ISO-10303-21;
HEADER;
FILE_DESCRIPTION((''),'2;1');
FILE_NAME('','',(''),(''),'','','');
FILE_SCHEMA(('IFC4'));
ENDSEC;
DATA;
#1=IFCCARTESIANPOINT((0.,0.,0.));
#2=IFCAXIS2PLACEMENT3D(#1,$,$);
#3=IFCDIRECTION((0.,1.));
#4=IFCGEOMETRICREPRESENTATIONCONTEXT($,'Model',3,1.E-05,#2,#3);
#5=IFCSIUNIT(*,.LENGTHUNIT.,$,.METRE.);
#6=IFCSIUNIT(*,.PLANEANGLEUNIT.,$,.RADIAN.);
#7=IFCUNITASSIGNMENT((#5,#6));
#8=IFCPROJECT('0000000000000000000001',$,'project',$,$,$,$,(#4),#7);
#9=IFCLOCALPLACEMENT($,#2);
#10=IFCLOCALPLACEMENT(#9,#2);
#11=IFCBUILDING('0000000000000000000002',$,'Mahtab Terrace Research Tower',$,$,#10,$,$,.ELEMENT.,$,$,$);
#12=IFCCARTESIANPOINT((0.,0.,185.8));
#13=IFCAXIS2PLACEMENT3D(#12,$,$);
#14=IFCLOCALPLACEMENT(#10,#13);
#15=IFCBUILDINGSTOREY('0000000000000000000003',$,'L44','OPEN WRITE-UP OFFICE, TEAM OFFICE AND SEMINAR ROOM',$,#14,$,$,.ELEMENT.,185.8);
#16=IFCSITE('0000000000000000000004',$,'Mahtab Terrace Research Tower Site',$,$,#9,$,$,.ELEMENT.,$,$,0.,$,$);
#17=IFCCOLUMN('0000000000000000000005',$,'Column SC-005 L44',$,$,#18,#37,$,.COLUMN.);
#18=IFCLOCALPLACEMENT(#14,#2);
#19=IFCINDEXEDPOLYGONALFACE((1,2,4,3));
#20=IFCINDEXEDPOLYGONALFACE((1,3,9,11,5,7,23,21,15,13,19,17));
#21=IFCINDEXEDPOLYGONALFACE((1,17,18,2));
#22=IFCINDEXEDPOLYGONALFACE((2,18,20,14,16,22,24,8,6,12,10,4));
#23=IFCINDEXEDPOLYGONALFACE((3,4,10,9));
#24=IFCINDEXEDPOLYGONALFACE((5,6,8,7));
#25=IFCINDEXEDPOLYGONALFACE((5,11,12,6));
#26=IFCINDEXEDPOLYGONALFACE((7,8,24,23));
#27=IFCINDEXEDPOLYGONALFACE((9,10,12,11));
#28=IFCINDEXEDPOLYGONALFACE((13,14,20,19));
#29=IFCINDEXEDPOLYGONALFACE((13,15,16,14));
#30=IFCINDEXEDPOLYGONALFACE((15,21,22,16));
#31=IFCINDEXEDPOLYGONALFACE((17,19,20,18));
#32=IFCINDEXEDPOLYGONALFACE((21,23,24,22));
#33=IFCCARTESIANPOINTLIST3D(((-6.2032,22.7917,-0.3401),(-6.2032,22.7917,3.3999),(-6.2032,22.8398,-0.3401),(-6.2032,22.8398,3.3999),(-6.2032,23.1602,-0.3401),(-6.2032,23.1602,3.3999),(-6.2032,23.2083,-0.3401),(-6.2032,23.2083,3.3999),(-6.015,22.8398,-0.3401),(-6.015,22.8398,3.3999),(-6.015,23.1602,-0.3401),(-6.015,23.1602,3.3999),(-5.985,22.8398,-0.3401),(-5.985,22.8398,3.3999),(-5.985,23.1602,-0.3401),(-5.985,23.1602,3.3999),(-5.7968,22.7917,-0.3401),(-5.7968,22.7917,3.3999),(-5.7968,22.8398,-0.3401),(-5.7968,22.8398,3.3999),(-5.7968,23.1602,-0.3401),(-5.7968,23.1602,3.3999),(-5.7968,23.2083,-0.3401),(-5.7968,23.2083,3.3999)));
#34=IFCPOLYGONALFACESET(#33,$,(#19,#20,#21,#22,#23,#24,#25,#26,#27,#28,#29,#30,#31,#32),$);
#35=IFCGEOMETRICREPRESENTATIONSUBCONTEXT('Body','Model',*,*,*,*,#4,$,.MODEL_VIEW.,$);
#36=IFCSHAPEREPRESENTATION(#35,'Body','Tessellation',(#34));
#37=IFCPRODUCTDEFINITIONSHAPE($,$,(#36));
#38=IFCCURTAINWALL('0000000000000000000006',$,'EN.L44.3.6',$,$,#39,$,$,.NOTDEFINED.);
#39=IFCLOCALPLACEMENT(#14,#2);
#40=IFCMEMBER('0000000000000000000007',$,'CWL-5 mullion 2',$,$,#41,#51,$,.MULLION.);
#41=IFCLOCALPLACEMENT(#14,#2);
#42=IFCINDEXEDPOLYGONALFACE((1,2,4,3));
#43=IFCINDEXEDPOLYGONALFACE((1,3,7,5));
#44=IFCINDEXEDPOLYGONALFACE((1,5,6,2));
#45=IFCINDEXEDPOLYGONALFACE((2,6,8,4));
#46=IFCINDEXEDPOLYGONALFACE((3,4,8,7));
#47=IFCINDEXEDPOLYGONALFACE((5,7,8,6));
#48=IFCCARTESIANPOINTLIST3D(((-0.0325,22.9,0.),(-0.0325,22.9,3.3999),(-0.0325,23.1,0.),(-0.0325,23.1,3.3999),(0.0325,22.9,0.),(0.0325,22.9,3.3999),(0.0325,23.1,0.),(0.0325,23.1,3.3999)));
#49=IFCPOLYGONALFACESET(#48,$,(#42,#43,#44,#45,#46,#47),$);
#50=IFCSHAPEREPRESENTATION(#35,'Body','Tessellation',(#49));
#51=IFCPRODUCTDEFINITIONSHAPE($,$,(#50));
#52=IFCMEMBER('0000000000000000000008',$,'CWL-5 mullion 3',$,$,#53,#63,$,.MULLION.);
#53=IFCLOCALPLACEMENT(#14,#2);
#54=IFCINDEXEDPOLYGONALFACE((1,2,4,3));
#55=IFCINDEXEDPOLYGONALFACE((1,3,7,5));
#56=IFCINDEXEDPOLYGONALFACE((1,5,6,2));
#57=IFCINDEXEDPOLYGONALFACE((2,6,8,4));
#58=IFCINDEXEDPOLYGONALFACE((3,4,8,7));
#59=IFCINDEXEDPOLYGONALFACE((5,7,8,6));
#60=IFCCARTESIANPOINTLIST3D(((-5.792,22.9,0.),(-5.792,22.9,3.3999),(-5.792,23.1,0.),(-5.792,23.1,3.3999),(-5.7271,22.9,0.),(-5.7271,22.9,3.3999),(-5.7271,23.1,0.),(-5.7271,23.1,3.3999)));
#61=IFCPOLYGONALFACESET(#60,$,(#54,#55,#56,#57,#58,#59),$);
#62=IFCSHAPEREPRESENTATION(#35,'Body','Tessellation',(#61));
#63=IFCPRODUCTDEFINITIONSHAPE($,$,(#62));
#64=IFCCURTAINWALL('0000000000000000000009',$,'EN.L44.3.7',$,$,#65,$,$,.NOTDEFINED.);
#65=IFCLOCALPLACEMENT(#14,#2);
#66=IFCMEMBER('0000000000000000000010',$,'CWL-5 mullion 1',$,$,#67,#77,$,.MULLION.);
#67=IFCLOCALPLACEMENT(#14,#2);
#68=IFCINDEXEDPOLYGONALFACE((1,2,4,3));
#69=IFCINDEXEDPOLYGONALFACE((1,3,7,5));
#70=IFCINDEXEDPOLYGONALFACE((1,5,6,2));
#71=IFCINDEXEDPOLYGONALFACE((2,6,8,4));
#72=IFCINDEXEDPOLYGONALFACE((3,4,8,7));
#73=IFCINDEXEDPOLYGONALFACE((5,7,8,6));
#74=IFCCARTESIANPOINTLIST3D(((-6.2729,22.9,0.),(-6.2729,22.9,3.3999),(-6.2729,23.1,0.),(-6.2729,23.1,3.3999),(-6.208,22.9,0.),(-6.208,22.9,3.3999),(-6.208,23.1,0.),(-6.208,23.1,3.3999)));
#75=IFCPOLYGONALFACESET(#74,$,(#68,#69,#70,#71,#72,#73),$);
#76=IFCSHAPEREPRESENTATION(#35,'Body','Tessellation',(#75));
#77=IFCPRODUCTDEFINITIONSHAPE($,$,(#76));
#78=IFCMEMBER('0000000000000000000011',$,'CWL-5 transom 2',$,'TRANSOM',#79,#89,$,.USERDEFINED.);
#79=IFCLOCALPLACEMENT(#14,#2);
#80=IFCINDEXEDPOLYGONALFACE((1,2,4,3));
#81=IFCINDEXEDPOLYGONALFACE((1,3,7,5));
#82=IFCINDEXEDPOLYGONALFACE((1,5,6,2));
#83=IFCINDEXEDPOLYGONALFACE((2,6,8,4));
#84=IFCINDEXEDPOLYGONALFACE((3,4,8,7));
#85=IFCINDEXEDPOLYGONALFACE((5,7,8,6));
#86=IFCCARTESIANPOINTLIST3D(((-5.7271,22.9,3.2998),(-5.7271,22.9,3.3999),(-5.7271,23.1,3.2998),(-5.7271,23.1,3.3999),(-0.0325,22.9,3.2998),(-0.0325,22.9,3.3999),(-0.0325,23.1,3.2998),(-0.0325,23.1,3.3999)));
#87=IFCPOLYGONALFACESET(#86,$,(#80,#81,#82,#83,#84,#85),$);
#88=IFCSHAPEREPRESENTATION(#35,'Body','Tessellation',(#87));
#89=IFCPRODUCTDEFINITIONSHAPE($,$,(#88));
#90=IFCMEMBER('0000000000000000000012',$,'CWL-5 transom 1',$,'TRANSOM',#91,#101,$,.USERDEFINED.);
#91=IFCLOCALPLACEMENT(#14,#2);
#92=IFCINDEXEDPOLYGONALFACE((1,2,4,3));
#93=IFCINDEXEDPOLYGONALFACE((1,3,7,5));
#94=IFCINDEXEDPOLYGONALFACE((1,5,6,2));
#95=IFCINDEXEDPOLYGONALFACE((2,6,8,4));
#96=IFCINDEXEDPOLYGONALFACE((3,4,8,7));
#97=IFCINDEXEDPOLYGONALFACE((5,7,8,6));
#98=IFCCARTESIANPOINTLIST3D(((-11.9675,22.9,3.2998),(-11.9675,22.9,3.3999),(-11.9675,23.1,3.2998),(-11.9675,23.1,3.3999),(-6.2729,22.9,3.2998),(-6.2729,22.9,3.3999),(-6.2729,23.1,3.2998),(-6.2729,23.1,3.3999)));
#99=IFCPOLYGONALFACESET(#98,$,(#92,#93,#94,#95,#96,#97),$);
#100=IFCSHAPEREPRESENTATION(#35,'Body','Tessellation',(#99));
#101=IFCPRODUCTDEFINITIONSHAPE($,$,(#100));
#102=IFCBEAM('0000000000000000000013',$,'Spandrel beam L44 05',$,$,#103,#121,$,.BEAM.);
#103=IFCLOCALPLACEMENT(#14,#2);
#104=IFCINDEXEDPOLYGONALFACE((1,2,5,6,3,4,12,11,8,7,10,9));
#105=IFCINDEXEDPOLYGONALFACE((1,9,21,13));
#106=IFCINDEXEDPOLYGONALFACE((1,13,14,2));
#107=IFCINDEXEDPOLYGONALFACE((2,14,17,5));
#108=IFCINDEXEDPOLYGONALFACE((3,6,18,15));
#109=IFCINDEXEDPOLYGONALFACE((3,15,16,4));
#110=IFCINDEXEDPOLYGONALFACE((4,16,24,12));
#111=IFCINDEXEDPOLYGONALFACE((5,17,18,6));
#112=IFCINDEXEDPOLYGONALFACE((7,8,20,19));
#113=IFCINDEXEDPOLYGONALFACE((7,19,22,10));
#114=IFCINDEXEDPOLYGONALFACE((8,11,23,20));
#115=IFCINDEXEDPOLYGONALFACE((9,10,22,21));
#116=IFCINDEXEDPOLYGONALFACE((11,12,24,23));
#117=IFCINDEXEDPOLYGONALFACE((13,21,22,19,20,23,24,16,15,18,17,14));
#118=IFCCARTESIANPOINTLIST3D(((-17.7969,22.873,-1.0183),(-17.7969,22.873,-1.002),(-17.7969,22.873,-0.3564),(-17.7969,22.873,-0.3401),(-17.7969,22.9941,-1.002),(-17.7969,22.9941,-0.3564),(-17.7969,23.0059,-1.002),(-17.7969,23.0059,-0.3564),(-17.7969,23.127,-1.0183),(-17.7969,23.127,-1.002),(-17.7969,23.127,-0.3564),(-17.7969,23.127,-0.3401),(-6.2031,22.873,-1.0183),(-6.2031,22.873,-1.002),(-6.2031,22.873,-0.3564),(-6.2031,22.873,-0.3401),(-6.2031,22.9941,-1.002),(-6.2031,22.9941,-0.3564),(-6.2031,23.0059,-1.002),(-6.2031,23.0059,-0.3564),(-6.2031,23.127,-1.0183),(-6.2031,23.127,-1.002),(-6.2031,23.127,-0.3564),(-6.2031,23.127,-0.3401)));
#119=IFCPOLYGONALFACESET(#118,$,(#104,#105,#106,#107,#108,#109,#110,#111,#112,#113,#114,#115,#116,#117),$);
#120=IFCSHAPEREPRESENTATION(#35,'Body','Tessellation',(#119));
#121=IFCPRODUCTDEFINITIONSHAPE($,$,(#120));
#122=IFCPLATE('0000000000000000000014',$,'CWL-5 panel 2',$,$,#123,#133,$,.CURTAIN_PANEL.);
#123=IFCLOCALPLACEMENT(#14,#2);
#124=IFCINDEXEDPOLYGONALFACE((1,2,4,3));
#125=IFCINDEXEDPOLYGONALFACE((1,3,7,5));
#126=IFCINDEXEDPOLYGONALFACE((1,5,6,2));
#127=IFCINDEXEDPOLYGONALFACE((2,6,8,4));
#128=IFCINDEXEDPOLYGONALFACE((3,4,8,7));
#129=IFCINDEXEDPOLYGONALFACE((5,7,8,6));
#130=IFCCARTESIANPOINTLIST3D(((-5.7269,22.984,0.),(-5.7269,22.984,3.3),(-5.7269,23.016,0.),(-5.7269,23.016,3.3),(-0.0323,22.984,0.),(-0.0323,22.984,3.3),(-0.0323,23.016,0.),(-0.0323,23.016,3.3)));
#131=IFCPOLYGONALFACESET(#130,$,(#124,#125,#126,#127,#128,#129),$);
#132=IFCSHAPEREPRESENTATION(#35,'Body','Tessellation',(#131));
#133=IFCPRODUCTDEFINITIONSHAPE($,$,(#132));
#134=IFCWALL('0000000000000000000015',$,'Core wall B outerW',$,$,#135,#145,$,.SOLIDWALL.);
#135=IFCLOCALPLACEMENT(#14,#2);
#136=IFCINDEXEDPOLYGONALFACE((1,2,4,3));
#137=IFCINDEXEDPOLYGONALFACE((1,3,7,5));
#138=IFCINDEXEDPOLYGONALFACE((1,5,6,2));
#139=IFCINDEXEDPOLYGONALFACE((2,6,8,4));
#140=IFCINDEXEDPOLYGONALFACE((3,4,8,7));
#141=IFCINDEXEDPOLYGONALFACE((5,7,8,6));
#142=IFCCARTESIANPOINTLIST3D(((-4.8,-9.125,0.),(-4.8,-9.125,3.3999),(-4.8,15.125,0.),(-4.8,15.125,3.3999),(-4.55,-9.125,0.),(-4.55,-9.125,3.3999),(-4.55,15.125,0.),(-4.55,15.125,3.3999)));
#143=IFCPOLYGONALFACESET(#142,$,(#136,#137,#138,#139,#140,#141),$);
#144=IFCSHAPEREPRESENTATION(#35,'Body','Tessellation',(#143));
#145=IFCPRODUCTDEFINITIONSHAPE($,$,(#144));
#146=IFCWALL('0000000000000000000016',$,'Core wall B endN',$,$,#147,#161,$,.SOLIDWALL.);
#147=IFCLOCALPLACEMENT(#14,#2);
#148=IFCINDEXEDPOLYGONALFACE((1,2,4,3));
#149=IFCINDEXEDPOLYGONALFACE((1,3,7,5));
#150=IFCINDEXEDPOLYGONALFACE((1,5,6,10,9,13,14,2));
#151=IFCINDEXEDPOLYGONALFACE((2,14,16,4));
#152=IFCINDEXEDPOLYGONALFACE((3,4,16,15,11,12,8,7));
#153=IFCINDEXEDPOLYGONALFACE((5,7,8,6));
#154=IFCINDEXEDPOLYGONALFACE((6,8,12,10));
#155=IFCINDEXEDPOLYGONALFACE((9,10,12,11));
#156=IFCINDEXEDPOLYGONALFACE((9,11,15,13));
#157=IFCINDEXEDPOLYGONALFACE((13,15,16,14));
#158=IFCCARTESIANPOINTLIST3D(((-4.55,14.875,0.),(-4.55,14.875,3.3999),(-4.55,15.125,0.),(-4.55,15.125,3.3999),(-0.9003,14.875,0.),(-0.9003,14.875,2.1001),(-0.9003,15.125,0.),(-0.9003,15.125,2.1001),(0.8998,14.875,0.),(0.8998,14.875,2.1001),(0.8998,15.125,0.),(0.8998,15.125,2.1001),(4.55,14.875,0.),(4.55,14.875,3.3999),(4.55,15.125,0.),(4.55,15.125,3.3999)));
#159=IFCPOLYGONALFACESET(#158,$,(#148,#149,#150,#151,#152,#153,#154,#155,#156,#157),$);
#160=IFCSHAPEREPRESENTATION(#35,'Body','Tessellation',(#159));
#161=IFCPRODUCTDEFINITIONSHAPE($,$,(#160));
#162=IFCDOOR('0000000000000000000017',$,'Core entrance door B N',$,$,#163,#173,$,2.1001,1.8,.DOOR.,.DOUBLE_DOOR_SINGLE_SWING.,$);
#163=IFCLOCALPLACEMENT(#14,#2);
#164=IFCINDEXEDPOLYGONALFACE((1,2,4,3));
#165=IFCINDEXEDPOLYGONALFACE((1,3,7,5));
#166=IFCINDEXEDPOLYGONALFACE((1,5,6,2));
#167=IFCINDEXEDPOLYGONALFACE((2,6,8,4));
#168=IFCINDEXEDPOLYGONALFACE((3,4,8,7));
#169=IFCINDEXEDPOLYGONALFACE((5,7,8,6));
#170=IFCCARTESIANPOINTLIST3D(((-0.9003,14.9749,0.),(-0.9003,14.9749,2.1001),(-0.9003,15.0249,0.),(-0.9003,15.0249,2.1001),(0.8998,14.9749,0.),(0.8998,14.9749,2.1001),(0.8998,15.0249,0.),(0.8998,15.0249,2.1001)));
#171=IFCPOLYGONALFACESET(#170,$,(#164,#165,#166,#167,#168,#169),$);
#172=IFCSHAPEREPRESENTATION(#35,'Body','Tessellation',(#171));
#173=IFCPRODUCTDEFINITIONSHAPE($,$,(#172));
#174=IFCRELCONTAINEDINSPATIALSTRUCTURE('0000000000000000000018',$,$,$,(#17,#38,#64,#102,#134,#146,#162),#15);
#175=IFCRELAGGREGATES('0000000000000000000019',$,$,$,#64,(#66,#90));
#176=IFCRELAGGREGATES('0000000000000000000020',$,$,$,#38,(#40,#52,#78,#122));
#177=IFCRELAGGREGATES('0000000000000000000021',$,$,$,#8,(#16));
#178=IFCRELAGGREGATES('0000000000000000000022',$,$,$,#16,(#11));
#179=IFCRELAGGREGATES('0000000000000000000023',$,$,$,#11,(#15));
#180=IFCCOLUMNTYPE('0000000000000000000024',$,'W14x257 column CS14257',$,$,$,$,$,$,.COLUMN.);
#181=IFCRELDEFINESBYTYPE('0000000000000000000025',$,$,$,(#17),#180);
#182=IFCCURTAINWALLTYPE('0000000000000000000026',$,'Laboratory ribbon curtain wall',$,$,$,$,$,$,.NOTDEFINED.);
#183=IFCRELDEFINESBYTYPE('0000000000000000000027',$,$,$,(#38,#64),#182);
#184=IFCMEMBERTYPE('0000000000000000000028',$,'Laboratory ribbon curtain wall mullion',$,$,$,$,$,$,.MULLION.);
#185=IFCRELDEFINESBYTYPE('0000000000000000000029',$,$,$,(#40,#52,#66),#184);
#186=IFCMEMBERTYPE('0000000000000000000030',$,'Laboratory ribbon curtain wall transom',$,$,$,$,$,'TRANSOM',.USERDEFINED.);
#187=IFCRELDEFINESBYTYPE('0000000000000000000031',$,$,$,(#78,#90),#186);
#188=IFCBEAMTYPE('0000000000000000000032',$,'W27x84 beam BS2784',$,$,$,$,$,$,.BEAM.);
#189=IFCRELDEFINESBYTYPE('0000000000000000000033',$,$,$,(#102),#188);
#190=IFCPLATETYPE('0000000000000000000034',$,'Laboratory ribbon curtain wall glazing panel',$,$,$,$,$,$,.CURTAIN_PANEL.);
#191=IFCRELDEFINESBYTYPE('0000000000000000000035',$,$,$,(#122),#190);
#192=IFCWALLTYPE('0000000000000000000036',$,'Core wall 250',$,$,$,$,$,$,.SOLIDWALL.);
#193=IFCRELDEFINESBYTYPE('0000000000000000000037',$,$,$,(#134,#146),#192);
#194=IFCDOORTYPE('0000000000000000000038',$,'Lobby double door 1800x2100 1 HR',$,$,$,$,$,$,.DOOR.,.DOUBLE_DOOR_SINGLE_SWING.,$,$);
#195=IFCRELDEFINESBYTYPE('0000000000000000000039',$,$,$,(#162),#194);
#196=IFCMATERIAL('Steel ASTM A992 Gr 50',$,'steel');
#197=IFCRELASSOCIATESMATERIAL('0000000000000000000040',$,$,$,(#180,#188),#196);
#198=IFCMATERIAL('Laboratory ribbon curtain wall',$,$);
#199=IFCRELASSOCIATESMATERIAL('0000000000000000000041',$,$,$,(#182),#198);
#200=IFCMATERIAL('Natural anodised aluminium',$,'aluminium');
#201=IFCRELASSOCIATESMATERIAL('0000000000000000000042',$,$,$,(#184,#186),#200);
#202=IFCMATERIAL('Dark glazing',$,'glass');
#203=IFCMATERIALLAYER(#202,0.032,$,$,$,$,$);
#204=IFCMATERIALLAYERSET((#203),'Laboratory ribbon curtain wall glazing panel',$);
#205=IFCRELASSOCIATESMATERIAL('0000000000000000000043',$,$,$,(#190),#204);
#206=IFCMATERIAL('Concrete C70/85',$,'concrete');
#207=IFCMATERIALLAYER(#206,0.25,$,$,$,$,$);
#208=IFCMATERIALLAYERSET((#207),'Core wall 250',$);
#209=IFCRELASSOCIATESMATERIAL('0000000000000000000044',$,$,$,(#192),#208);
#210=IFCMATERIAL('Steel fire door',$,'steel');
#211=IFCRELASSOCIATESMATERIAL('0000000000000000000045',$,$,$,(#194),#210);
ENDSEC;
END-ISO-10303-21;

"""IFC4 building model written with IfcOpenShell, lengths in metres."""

from ifc_helpers import new_model, si_unit, direction, frame, frame_2d, origin, origin_2d, place, context, subcontext, project, spatial, rectangle, i_section, extrude, material, layer, layer_set, material_profile, profile_set, type_object, element, fill, aggregate, save


model = new_model("IFC4")

# Units and contexts
model_context = context("Model", 3, precision=1e-05, world=origin(), true_north=direction((0.0, 1.0)))
body_context = subcontext(model_context, "Body", "Model", "MODEL_VIEW")
ifc_project = project(units=[si_unit("LENGTHUNIT", "METRE"), si_unit("PLANEANGLEUNIT", "RADIAN")], contexts=[model_context])

# Site, building, storey
site_placement = place(None, origin())
site = spatial("IfcSite", under=ifc_project, at=site_placement, Name="Mahtab Terrace Research Tower Site", CompositionType="ELEMENT", RefElevation=0.0)
building_placement = place(site_placement, origin())
building = spatial("IfcBuilding", under=site, at=building_placement, Name="Mahtab Terrace Research Tower", CompositionType="ELEMENT")
storey_placement = place(building_placement, frame((0.0, 0.0, 185.8)))
storey = spatial("IfcBuildingStorey", under=building, at=storey_placement, Name="L44", Description="OPEN WRITE-UP OFFICE, TEAM OFFICE AND SEMINAR ROOM", CompositionType="ELEMENT", Elevation=185.8)

# Column
ifc_material_1 = material(Name="Steel ASTM A992 Gr 50", Category="steel")
ifc_material_profile_1 = material_profile(ifc_material_1, i_section(OverallWidth=0.4065, OverallDepth=0.4165, WebThickness=0.03, FlangeThickness=0.0481, at=origin_2d()), Name="W14X257")
ifc_profile_set_1 = profile_set([ifc_material_profile_1], Name="Steel ASTM A992 Gr 50")
column_type = type_object("IfcColumnType", Name="W14x257 column CS14257", PredefinedType="COLUMN", material=ifc_profile_set_1)
column_placement = place(storey_placement, frame((-6.0, 23.0, -0.3401), z_axis=(0.0, 0.0, 1.0), x_axis=(1.0, 0.0, 0.0)))
element("IfcColumn", 1, at=column_placement, inside=storey, type_object=column_type, Name="Column SC-005 L44", PredefinedType="COLUMN", context=body_context, shape_type="SweptSolid", body=[
    extrude(i_section(OverallWidth=0.4065, OverallDepth=0.4165, WebThickness=0.03, FlangeThickness=0.0481, at=origin_2d()), origin(), (0.0, 0.0, 1.0), 3.74),
])

# Curtain wall, members
ifc_material_2 = material(Name="Laboratory ribbon curtain wall")
curtain_wall_type = type_object("IfcCurtainWallType", Name="Laboratory ribbon curtain wall", PredefinedType="NOTDEFINED", material=ifc_material_2)
curtain_wall_1_placement = place(storey_placement, origin())
curtain_wall_1 = element("IfcCurtainWall", 2, at=curtain_wall_1_placement, inside=storey, type_object=curtain_wall_type, Name="EN.L44.3.6", PredefinedType="NOTDEFINED")
ifc_material_3 = material(Name="Natural anodised aluminium", Category="aluminium")
ifc_material_profile_2 = material_profile(ifc_material_3, rectangle(XDim=0.2, YDim=0.0649, at=origin_2d()), Name="MULLION 65x200")
ifc_profile_set_2 = profile_set([ifc_material_profile_2], Name="Natural anodised aluminium")
member_type_1 = type_object("IfcMemberType", Name="Laboratory ribbon curtain wall mullion", PredefinedType="MULLION", material=ifc_profile_set_2)
member_1_placement = place(storey_placement, frame((0.0, 23.0, 0.0), z_axis=(0.0, 0.0, 1.0), x_axis=(0.0, -1.0, 0.0)))
member_1 = element("IfcMember", 3, at=member_1_placement, type_object=member_type_1, Name="CWL-5 mullion 2", PredefinedType="MULLION", context=body_context, shape_type="SweptSolid", body=[
    extrude(rectangle(XDim=0.2, YDim=0.0649, at=origin_2d()), origin(), (0.0, 0.0, 1.0), 3.3999),
])
member_2_placement = place(storey_placement, frame((-5.7595, 23.0, 0.0), z_axis=(0.0, 0.0, 1.0), x_axis=(0.0, -1.0, 0.0)))
member_2 = element("IfcMember", 4, at=member_2_placement, type_object=member_type_1, Name="CWL-5 mullion 3", PredefinedType="MULLION", context=body_context, shape_type="SweptSolid", body=[
    extrude(rectangle(XDim=0.2, YDim=0.0649, at=origin_2d()), origin(), (0.0, 0.0, 1.0), 3.3999),
])

# Curtain wall, member
curtain_wall_2_placement = place(storey_placement, origin())
curtain_wall_2 = element("IfcCurtainWall", 5, at=curtain_wall_2_placement, inside=storey, type_object=curtain_wall_type, Name="EN.L44.3.7", PredefinedType="NOTDEFINED")
member_3_placement = place(storey_placement, frame((-6.2405, 23.0, 0.0), z_axis=(0.0, 0.0, 1.0), x_axis=(0.0, -1.0, 0.0)))
member_3 = element("IfcMember", 6, at=member_3_placement, type_object=member_type_1, Name="CWL-5 mullion 1", PredefinedType="MULLION", context=body_context, shape_type="SweptSolid", body=[
    extrude(rectangle(XDim=0.2, YDim=0.0649, at=origin_2d()), origin(), (0.0, 0.0, 1.0), 3.3999),
])

# Members
ifc_material_profile_3 = material_profile(ifc_material_3, rectangle(XDim=0.2, YDim=0.1001, at=origin_2d()), Name="TRANSOM 100x200")
ifc_profile_set_3 = profile_set([ifc_material_profile_3], Name="Natural anodised aluminium")
member_type_2 = type_object("IfcMemberType", Name="Laboratory ribbon curtain wall transom", ElementType="TRANSOM", PredefinedType="USERDEFINED", material=ifc_profile_set_3)
member_4_placement = place(storey_placement, frame((-0.0325, 23.0, 3.3499), z_axis=(-1.0, 0.0, 0.0), x_axis=(0.0, -1.0, 0.0)))
member_4 = element("IfcMember", 7, at=member_4_placement, type_object=member_type_2, Name="CWL-5 transom 2", ObjectType="TRANSOM", PredefinedType="USERDEFINED", context=body_context, shape_type="SweptSolid", body=[
    extrude(rectangle(XDim=0.2, YDim=0.1001, at=origin_2d()), origin(), (0.0, 0.0, 1.0), 5.6946),
])
member_5_placement = place(storey_placement, frame((-6.2729, 23.0, 3.3499), z_axis=(-1.0, 0.0, 0.0), x_axis=(0.0, -1.0, 0.0)))
member_5 = element("IfcMember", 8, at=member_5_placement, type_object=member_type_2, Name="CWL-5 transom 1", ObjectType="TRANSOM", PredefinedType="USERDEFINED", context=body_context, shape_type="SweptSolid", body=[
    extrude(rectangle(XDim=0.2, YDim=0.1001, at=origin_2d()), origin(), (0.0, 0.0, 1.0), 5.6946),
])
aggregate(curtain_wall_2, [member_3, member_5])

# Beam
ifc_material_profile_4 = material_profile(ifc_material_1, i_section(OverallWidth=0.2539, OverallDepth=0.6782, WebThickness=0.0117, FlangeThickness=0.0164, at=origin_2d()), Name="W27X84")
ifc_profile_set_4 = profile_set([ifc_material_profile_4], Name="Steel ASTM A992 Gr 50")
beam_type = type_object("IfcBeamType", Name="W27x84 beam BS2784", PredefinedType="BEAM", material=ifc_profile_set_4)
beam_placement = place(storey_placement, frame((-6.2031, 23.0, -0.6792), z_axis=(-1.0, 0.0, 0.0), x_axis=(0.0, -1.0, 0.0)))
element("IfcBeam", 9, at=beam_placement, inside=storey, type_object=beam_type, Name="Spandrel beam L44 05", PredefinedType="BEAM", context=body_context, shape_type="SweptSolid", body=[
    extrude(i_section(OverallWidth=0.2539, OverallDepth=0.6782, WebThickness=0.0117, FlangeThickness=0.0164, at=origin_2d()), origin(), (0.0, 0.0, 1.0), 11.5938),
])

# Plate
ifc_material_4 = material(Name="Dark glazing", Category="glass")
ifc_layer_1 = layer(ifc_material_4, 0.032)
ifc_layer_set_1 = layer_set([ifc_layer_1], Name="Laboratory ribbon curtain wall glazing panel")
plate_type = type_object("IfcPlateType", Name="Laboratory ribbon curtain wall glazing panel", PredefinedType="CURTAIN_PANEL", material=ifc_layer_set_1)
plate_placement = place(storey_placement, frame((-2.8796, 23.0, 0.0), z_axis=(0.0, 0.0, 1.0), x_axis=(-1.0, 0.0, 0.0)))
plate = element("IfcPlate", 10, at=plate_placement, type_object=plate_type, Name="CWL-5 panel 2", PredefinedType="CURTAIN_PANEL", context=body_context, shape_type="SweptSolid", body=[
    extrude(rectangle(XDim=5.6946, YDim=0.032, at=origin_2d()), origin(), (0.0, 0.0, 1.0), 3.3),
])
aggregate(curtain_wall_1, [member_1, member_2, member_4, plate])

# Wall
ifc_material_5 = material(Name="Concrete C70/85", Category="concrete")
ifc_layer_2 = layer(ifc_material_5, 0.25)
ifc_layer_set_2 = layer_set([ifc_layer_2], Name="Core wall 250")
wall_type_1 = type_object("IfcWallType", Name="Core wall 250", PredefinedType="SOLIDWALL", material=ifc_layer_set_2)
wall_1_placement = place(storey_placement, frame((-4.675, 15.125, 0.0), z_axis=(0.0, 0.0, 1.0), x_axis=(0.0, -1.0, 0.0)))
element("IfcWall", 11, at=wall_1_placement, inside=storey, type_object=wall_type_1, Name="Core wall B outerW", PredefinedType="SOLIDWALL", context=body_context, shape_type="SweptSolid", body=[
    extrude(rectangle(XDim=24.25, YDim=0.25, at=frame_2d((12.125, 0.0))), origin(), (0.0, 0.0, 1.0), 3.3999),
])

# Wall, opening, door
wall_2_placement = place(storey_placement, frame((-4.55, 15.0, 0.0), z_axis=(0.0, 0.0, 1.0), x_axis=(1.0, 0.0, 0.0)))
wall_2 = element("IfcWall", 12, at=wall_2_placement, inside=storey, type_object=wall_type_1, Name="Core wall B endN", PredefinedType="SOLIDWALL", context=body_context, shape_type="SweptSolid", body=[
    extrude(rectangle(XDim=9.1001, YDim=0.25, at=frame_2d((4.55, 0.0))), origin(), (0.0, 0.0, 1.0), 3.3999),
])
opening_1_placement = place(wall_2_placement, frame((3.6499, 0.0, 0.0)))
opening_1 = element("IfcOpeningElement", 13, at=opening_1_placement, cuts=wall_2, PredefinedType="OPENING", context=body_context, shape_type="SweptSolid", body=[
    extrude(rectangle(XDim=1.8, YDim=2.1001, at=frame_2d((0.8999, 1.05))), frame((0.0, 0.135, 0.0), z_axis=(0.0, -1.0, 0.0), x_axis=(1.0, 0.0, 0.0)), (0.0, 0.0, 1.0), 0.27),
])
ifc_material_6 = material(Name="Steel fire door", Category="steel")
door_type_1 = type_object("IfcDoorType", Name="Lobby double door 1800x2100 1 HR", OperationType="DOUBLE_DOOR_SINGLE_SWING", PredefinedType="DOOR", material=ifc_material_6)
door_1_placement = place(opening_1_placement, origin())
door_1 = element("IfcDoor", 14, at=door_1_placement, inside=storey, type_object=door_type_1, Name="Core entrance door B N", OperationType="DOUBLE_DOOR_SINGLE_SWING", OverallHeight=2.1001, OverallWidth=1.8, PredefinedType="DOOR", context=body_context, shape_type="SweptSolid", body=[
    extrude(rectangle(XDim=1.8, YDim=2.1001, at=frame_2d((0.8999, 1.05))), frame((0.0, 0.0249, 0.0), z_axis=(0.0, -1.0, 0.0), x_axis=(1.0, 0.0, 0.0)), (0.0, 0.0, 1.0), 0.05),
])
fill(opening_1, door_1)

save(model, "model.ifc")
